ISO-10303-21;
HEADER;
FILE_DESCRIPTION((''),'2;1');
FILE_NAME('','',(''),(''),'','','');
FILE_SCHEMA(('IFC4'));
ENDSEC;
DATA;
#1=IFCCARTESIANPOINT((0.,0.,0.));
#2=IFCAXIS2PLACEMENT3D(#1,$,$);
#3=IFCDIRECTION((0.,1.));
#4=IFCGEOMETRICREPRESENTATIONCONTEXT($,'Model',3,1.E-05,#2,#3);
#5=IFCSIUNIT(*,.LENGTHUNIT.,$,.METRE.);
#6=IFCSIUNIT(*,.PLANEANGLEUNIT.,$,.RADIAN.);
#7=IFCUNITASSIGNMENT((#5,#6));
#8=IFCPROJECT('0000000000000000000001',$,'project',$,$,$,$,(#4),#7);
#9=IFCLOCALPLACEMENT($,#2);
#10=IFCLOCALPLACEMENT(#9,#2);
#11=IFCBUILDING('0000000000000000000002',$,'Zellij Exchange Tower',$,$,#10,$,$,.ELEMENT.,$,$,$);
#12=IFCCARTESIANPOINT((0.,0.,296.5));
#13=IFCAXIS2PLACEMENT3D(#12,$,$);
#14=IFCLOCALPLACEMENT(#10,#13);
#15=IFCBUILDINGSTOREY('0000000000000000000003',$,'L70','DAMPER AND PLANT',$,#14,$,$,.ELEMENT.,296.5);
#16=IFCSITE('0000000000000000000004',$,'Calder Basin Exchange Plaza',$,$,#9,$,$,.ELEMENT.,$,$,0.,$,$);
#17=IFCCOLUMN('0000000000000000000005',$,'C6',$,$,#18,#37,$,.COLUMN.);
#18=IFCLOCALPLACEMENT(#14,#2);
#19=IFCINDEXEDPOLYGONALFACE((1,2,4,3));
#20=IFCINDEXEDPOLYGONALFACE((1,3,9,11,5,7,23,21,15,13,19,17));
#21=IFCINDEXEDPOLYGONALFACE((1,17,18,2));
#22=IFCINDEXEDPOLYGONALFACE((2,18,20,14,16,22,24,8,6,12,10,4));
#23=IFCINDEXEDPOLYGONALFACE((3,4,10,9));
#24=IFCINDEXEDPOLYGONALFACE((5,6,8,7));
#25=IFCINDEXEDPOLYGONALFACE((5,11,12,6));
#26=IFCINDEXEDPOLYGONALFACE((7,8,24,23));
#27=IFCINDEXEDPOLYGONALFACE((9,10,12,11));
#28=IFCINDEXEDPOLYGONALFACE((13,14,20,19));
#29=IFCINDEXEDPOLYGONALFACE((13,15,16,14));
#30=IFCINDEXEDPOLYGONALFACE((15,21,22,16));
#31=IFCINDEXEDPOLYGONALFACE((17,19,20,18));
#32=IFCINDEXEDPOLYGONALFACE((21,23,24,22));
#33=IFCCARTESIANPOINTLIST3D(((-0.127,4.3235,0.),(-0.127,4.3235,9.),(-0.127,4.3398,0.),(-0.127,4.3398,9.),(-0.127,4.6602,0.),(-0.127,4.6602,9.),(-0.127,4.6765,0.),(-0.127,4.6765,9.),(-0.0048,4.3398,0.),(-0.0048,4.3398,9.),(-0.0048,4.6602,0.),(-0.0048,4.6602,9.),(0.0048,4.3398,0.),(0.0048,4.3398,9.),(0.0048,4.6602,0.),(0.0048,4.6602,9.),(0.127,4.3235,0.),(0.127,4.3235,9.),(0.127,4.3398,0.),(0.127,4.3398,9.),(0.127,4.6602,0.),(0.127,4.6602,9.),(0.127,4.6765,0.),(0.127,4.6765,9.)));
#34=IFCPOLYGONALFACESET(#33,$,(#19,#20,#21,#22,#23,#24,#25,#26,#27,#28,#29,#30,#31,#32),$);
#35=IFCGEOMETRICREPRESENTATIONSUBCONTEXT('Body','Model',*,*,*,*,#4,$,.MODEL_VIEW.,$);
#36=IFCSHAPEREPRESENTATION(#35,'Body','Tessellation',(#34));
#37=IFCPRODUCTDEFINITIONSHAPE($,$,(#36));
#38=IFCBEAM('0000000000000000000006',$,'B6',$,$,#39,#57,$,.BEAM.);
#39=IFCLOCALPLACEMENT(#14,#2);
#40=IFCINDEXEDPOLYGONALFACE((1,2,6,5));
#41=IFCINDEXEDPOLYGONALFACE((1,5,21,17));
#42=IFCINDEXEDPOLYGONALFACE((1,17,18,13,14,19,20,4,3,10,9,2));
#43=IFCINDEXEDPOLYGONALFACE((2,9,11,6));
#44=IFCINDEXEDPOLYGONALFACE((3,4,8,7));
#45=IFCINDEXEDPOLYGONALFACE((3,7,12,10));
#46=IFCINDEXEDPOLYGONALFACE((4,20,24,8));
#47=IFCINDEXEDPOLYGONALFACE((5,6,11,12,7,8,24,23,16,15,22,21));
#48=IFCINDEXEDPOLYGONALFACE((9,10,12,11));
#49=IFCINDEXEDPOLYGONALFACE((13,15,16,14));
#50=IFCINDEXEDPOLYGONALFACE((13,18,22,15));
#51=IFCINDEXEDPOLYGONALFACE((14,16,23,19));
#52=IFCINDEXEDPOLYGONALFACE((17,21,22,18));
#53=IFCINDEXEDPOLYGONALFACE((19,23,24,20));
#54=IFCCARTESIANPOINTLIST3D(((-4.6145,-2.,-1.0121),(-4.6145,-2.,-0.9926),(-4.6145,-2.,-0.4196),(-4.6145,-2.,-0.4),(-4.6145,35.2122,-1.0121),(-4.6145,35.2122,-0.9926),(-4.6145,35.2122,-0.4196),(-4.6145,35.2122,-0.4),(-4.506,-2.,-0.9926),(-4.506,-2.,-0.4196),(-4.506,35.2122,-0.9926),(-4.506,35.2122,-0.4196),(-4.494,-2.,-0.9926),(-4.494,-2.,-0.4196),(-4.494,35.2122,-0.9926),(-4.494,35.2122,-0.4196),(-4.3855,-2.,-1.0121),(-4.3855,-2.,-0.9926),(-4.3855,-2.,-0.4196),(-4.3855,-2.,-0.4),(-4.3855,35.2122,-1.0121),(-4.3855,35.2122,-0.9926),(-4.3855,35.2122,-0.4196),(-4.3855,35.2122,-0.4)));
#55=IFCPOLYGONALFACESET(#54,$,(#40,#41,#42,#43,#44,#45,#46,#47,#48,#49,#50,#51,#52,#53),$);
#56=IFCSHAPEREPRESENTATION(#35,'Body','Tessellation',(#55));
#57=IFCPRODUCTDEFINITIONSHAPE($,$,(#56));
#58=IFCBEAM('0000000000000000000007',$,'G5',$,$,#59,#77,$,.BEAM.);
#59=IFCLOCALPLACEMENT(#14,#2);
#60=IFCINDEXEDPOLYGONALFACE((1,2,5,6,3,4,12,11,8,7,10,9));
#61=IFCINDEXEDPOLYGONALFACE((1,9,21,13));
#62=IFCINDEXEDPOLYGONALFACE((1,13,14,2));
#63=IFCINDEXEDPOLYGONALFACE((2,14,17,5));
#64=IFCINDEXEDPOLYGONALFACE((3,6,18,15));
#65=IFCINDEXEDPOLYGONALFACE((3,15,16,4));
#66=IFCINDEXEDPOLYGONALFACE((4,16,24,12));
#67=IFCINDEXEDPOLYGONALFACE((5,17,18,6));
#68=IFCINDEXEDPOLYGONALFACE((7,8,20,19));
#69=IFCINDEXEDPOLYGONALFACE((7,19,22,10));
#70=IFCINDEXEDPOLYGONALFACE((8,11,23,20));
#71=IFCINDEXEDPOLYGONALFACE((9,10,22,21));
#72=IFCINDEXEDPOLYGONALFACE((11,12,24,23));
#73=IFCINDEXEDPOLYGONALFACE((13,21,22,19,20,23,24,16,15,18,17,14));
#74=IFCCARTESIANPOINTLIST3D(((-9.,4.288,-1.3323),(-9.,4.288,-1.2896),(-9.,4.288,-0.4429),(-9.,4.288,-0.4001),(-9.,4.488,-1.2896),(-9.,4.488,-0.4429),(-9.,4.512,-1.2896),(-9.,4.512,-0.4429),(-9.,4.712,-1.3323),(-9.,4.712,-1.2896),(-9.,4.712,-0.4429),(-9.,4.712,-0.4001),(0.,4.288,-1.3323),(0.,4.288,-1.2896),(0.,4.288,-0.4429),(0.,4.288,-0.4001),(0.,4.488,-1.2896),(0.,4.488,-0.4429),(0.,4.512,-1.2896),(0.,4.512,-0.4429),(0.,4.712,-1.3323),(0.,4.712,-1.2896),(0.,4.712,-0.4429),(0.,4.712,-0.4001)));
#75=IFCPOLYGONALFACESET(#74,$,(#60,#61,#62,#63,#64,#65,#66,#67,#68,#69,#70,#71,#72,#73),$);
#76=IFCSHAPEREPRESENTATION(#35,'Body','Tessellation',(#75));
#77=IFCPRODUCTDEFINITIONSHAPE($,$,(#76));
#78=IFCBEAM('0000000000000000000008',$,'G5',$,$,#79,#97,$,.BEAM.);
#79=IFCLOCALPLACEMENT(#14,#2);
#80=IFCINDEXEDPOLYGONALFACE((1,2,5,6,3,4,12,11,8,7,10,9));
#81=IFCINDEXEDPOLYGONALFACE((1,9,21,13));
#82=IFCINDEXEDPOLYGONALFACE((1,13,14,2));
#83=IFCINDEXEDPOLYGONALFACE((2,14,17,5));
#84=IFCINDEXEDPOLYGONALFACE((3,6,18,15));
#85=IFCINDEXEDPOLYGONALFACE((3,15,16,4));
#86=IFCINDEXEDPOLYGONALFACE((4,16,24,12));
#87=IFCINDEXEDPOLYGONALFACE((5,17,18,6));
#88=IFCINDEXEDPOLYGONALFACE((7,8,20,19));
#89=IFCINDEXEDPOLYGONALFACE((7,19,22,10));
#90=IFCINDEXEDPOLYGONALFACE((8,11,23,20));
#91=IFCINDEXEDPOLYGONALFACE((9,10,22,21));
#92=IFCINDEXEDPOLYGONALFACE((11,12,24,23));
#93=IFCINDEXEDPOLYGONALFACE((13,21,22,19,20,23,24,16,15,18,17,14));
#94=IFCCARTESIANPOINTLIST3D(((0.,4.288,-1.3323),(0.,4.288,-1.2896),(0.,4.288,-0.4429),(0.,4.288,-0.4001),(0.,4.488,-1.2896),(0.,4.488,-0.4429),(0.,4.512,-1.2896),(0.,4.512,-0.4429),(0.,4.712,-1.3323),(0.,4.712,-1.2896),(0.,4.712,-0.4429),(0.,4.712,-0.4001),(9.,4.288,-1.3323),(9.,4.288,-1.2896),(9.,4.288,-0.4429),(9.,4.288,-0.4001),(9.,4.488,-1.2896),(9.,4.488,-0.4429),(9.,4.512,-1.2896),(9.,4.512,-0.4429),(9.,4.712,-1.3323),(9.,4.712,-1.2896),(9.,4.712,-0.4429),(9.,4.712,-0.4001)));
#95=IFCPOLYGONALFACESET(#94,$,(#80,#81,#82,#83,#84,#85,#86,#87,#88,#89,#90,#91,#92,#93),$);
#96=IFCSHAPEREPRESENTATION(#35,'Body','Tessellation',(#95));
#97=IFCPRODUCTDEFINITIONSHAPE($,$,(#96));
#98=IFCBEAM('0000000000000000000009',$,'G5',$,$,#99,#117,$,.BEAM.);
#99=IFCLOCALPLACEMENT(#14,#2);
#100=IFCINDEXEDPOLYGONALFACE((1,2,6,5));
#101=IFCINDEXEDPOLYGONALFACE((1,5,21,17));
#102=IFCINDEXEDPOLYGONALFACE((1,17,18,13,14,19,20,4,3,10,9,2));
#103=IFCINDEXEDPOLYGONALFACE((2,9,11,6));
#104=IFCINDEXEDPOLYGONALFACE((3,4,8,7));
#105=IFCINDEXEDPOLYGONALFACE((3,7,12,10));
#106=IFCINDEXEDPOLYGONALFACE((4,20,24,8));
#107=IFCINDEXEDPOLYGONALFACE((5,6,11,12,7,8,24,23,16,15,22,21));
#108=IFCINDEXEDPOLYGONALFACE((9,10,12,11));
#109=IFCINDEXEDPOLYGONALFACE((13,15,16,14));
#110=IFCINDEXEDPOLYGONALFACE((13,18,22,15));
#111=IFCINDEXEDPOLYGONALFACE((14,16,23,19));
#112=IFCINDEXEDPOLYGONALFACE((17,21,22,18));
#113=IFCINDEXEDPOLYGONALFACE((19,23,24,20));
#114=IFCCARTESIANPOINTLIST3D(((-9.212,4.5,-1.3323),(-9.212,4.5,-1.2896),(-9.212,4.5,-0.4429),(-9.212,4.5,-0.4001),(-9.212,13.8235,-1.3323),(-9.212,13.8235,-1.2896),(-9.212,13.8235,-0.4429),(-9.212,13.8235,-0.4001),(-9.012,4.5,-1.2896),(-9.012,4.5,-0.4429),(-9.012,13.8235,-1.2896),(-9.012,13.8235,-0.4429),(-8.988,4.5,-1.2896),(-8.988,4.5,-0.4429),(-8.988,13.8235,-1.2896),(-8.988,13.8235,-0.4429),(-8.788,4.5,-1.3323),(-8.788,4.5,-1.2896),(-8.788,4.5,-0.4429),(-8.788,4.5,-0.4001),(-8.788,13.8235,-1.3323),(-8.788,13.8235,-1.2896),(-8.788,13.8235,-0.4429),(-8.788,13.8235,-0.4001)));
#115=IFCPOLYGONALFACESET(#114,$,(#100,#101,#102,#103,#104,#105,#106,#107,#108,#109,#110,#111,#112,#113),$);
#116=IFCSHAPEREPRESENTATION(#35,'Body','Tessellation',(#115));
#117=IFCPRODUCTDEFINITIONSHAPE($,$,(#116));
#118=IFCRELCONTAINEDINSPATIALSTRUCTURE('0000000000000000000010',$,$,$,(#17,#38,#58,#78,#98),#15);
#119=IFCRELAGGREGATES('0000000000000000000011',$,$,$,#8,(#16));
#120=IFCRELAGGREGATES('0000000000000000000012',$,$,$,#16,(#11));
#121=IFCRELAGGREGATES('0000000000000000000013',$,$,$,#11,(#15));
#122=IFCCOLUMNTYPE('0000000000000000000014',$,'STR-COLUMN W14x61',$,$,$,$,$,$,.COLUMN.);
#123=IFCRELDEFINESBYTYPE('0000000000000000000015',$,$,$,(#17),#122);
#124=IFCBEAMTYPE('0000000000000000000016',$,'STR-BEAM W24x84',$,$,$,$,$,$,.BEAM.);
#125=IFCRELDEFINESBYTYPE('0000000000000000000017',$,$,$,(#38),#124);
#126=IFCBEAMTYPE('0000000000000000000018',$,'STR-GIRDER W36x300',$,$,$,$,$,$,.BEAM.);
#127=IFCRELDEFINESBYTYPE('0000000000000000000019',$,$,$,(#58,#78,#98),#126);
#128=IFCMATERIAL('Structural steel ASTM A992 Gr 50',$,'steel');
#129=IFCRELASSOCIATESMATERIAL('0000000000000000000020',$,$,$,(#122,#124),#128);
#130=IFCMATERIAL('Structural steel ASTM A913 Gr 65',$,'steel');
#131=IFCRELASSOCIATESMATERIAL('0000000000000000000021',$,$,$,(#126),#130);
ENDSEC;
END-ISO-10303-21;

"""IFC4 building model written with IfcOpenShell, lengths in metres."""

from ifc_helpers import new_model, si_unit, direction, frame, origin, origin_2d, place, context, subcontext, project, spatial, i_section, extrude, material, material_profile, profile_set, type_object, element, save


model = new_model("IFC4")

# Units and contexts
model_context = context("Model", 3, precision=1e-05, world=origin(), true_north=direction((0.0, 1.0)))
body_context = subcontext(model_context, "Body", "Model", "MODEL_VIEW")
ifc_project = project(units=[si_unit("LENGTHUNIT", "METRE"), si_unit("PLANEANGLEUNIT", "RADIAN")], contexts=[model_context])

# Site, building, storey
site_placement = place(None, origin())
site = spatial("IfcSite", under=ifc_project, at=site_placement, Name="Calder Basin Exchange Plaza", CompositionType="ELEMENT", RefElevation=0.0)
building_placement = place(site_placement, origin())
building = spatial("IfcBuilding", under=site, at=building_placement, Name="Zellij Exchange Tower", CompositionType="ELEMENT")
storey_placement = place(building_placement, frame((0.0, 0.0, 296.5)))
storey = spatial("IfcBuildingStorey", under=building, at=storey_placement, Name="L70", Description="DAMPER AND PLANT", CompositionType="ELEMENT", Elevation=296.5)

# Column
ifc_material_1 = material(Name="Structural steel ASTM A992 Gr 50", Category="steel")
ifc_material_profile_1 = material_profile(ifc_material_1, i_section(OverallWidth=0.2539, OverallDepth=0.353, WebThickness=0.0095, FlangeThickness=0.0164, at=origin_2d()), Name="W14x61")
ifc_profile_set_1 = profile_set([ifc_material_profile_1], Name="Structural steel ASTM A992 Gr 50")
column_type = type_object("IfcColumnType", Name="STR-COLUMN W14x61", PredefinedType="COLUMN", material=ifc_profile_set_1)
column_placement = place(storey_placement, frame((0.0, 4.5, 0.0), z_axis=(0.0, 0.0, 1.0), x_axis=(1.0, 0.0, 0.0)))
element("IfcColumn", 1, at=column_placement, inside=storey, type_object=column_type, Name="C6", PredefinedType="COLUMN", context=body_context, shape_type="SweptSolid", body=[
    extrude(i_section(OverallWidth=0.2539, OverallDepth=0.353, WebThickness=0.0095, FlangeThickness=0.0164, at=origin_2d()), origin(), (0.0, 0.0, 1.0), 9.0),
])

# Beams
ifc_material_profile_2 = material_profile(ifc_material_1, i_section(OverallWidth=0.229, OverallDepth=0.6121, WebThickness=0.012, FlangeThickness=0.0195, at=origin_2d()), Name="W24x84")
ifc_profile_set_2 = profile_set([ifc_material_profile_2], Name="Structural steel ASTM A992 Gr 50")
beam_type_1 = type_object("IfcBeamType", Name="STR-BEAM W24x84", PredefinedType="BEAM", material=ifc_profile_set_2)
beam_1_placement = place(storey_placement, frame((-4.5, -2.0, -0.7061), z_axis=(0.0, 1.0, 0.0), x_axis=(-1.0, 0.0, 0.0)))
element("IfcBeam", 2, at=beam_1_placement, inside=storey, type_object=beam_type_1, Name="B6", PredefinedType="BEAM", context=body_context, shape_type="SweptSolid", body=[
    extrude(i_section(OverallWidth=0.229, OverallDepth=0.6121, WebThickness=0.012, FlangeThickness=0.0195, at=origin_2d()), origin(), (0.0, 0.0, 1.0), 37.2122),
])
ifc_material_2 = material(Name="Structural steel ASTM A913 Gr 65", Category="steel")
ifc_material_profile_3 = material_profile(ifc_material_2, i_section(OverallWidth=0.4241, OverallDepth=0.9321, WebThickness=0.0239, FlangeThickness=0.0427, at=origin_2d()), Name="W36x300")
ifc_profile_set_3 = profile_set([ifc_material_profile_3], Name="Structural steel ASTM A913 Gr 65")
beam_type_2 = type_object("IfcBeamType", Name="STR-GIRDER W36x300", PredefinedType="BEAM", material=ifc_profile_set_3)
for number, where, z_axis, x_axis, name in (
    (3, (-9.0, 4.5, -0.8662), (1.0, 0.0, 0.0), (0.0, 1.0, 0.0), "G5"),
    (4, (0.0, 4.5, -0.8662), (1.0, 0.0, 0.0), (0.0, 1.0, 0.0), "G5"),
):
    element("IfcBeam", number, at=place(storey_placement, frame(where, z_axis=z_axis, x_axis=x_axis)), inside=storey, type_object=beam_type_2, Name=name, PredefinedType="BEAM", context=body_context, shape_type="SweptSolid", body=[
        extrude(i_section(OverallWidth=0.4241, OverallDepth=0.9321, WebThickness=0.0239, FlangeThickness=0.0427, at=origin_2d()), origin(), (0.0, 0.0, 1.0), 9.0),
    ])
beam_2_placement = place(storey_placement, frame((-9.0, 4.5, -0.8662), z_axis=(0.0, 1.0, 0.0), x_axis=(-1.0, 0.0, 0.0)))
element("IfcBeam", 5, at=beam_2_placement, inside=storey, type_object=beam_type_2, Name="G5", PredefinedType="BEAM", context=body_context, shape_type="SweptSolid", body=[
    extrude(i_section(OverallWidth=0.4241, OverallDepth=0.9321, WebThickness=0.0239, FlangeThickness=0.0427, at=origin_2d()), origin(), (0.0, 0.0, 1.0), 9.3235),
])

save(model, "model.ifc")
